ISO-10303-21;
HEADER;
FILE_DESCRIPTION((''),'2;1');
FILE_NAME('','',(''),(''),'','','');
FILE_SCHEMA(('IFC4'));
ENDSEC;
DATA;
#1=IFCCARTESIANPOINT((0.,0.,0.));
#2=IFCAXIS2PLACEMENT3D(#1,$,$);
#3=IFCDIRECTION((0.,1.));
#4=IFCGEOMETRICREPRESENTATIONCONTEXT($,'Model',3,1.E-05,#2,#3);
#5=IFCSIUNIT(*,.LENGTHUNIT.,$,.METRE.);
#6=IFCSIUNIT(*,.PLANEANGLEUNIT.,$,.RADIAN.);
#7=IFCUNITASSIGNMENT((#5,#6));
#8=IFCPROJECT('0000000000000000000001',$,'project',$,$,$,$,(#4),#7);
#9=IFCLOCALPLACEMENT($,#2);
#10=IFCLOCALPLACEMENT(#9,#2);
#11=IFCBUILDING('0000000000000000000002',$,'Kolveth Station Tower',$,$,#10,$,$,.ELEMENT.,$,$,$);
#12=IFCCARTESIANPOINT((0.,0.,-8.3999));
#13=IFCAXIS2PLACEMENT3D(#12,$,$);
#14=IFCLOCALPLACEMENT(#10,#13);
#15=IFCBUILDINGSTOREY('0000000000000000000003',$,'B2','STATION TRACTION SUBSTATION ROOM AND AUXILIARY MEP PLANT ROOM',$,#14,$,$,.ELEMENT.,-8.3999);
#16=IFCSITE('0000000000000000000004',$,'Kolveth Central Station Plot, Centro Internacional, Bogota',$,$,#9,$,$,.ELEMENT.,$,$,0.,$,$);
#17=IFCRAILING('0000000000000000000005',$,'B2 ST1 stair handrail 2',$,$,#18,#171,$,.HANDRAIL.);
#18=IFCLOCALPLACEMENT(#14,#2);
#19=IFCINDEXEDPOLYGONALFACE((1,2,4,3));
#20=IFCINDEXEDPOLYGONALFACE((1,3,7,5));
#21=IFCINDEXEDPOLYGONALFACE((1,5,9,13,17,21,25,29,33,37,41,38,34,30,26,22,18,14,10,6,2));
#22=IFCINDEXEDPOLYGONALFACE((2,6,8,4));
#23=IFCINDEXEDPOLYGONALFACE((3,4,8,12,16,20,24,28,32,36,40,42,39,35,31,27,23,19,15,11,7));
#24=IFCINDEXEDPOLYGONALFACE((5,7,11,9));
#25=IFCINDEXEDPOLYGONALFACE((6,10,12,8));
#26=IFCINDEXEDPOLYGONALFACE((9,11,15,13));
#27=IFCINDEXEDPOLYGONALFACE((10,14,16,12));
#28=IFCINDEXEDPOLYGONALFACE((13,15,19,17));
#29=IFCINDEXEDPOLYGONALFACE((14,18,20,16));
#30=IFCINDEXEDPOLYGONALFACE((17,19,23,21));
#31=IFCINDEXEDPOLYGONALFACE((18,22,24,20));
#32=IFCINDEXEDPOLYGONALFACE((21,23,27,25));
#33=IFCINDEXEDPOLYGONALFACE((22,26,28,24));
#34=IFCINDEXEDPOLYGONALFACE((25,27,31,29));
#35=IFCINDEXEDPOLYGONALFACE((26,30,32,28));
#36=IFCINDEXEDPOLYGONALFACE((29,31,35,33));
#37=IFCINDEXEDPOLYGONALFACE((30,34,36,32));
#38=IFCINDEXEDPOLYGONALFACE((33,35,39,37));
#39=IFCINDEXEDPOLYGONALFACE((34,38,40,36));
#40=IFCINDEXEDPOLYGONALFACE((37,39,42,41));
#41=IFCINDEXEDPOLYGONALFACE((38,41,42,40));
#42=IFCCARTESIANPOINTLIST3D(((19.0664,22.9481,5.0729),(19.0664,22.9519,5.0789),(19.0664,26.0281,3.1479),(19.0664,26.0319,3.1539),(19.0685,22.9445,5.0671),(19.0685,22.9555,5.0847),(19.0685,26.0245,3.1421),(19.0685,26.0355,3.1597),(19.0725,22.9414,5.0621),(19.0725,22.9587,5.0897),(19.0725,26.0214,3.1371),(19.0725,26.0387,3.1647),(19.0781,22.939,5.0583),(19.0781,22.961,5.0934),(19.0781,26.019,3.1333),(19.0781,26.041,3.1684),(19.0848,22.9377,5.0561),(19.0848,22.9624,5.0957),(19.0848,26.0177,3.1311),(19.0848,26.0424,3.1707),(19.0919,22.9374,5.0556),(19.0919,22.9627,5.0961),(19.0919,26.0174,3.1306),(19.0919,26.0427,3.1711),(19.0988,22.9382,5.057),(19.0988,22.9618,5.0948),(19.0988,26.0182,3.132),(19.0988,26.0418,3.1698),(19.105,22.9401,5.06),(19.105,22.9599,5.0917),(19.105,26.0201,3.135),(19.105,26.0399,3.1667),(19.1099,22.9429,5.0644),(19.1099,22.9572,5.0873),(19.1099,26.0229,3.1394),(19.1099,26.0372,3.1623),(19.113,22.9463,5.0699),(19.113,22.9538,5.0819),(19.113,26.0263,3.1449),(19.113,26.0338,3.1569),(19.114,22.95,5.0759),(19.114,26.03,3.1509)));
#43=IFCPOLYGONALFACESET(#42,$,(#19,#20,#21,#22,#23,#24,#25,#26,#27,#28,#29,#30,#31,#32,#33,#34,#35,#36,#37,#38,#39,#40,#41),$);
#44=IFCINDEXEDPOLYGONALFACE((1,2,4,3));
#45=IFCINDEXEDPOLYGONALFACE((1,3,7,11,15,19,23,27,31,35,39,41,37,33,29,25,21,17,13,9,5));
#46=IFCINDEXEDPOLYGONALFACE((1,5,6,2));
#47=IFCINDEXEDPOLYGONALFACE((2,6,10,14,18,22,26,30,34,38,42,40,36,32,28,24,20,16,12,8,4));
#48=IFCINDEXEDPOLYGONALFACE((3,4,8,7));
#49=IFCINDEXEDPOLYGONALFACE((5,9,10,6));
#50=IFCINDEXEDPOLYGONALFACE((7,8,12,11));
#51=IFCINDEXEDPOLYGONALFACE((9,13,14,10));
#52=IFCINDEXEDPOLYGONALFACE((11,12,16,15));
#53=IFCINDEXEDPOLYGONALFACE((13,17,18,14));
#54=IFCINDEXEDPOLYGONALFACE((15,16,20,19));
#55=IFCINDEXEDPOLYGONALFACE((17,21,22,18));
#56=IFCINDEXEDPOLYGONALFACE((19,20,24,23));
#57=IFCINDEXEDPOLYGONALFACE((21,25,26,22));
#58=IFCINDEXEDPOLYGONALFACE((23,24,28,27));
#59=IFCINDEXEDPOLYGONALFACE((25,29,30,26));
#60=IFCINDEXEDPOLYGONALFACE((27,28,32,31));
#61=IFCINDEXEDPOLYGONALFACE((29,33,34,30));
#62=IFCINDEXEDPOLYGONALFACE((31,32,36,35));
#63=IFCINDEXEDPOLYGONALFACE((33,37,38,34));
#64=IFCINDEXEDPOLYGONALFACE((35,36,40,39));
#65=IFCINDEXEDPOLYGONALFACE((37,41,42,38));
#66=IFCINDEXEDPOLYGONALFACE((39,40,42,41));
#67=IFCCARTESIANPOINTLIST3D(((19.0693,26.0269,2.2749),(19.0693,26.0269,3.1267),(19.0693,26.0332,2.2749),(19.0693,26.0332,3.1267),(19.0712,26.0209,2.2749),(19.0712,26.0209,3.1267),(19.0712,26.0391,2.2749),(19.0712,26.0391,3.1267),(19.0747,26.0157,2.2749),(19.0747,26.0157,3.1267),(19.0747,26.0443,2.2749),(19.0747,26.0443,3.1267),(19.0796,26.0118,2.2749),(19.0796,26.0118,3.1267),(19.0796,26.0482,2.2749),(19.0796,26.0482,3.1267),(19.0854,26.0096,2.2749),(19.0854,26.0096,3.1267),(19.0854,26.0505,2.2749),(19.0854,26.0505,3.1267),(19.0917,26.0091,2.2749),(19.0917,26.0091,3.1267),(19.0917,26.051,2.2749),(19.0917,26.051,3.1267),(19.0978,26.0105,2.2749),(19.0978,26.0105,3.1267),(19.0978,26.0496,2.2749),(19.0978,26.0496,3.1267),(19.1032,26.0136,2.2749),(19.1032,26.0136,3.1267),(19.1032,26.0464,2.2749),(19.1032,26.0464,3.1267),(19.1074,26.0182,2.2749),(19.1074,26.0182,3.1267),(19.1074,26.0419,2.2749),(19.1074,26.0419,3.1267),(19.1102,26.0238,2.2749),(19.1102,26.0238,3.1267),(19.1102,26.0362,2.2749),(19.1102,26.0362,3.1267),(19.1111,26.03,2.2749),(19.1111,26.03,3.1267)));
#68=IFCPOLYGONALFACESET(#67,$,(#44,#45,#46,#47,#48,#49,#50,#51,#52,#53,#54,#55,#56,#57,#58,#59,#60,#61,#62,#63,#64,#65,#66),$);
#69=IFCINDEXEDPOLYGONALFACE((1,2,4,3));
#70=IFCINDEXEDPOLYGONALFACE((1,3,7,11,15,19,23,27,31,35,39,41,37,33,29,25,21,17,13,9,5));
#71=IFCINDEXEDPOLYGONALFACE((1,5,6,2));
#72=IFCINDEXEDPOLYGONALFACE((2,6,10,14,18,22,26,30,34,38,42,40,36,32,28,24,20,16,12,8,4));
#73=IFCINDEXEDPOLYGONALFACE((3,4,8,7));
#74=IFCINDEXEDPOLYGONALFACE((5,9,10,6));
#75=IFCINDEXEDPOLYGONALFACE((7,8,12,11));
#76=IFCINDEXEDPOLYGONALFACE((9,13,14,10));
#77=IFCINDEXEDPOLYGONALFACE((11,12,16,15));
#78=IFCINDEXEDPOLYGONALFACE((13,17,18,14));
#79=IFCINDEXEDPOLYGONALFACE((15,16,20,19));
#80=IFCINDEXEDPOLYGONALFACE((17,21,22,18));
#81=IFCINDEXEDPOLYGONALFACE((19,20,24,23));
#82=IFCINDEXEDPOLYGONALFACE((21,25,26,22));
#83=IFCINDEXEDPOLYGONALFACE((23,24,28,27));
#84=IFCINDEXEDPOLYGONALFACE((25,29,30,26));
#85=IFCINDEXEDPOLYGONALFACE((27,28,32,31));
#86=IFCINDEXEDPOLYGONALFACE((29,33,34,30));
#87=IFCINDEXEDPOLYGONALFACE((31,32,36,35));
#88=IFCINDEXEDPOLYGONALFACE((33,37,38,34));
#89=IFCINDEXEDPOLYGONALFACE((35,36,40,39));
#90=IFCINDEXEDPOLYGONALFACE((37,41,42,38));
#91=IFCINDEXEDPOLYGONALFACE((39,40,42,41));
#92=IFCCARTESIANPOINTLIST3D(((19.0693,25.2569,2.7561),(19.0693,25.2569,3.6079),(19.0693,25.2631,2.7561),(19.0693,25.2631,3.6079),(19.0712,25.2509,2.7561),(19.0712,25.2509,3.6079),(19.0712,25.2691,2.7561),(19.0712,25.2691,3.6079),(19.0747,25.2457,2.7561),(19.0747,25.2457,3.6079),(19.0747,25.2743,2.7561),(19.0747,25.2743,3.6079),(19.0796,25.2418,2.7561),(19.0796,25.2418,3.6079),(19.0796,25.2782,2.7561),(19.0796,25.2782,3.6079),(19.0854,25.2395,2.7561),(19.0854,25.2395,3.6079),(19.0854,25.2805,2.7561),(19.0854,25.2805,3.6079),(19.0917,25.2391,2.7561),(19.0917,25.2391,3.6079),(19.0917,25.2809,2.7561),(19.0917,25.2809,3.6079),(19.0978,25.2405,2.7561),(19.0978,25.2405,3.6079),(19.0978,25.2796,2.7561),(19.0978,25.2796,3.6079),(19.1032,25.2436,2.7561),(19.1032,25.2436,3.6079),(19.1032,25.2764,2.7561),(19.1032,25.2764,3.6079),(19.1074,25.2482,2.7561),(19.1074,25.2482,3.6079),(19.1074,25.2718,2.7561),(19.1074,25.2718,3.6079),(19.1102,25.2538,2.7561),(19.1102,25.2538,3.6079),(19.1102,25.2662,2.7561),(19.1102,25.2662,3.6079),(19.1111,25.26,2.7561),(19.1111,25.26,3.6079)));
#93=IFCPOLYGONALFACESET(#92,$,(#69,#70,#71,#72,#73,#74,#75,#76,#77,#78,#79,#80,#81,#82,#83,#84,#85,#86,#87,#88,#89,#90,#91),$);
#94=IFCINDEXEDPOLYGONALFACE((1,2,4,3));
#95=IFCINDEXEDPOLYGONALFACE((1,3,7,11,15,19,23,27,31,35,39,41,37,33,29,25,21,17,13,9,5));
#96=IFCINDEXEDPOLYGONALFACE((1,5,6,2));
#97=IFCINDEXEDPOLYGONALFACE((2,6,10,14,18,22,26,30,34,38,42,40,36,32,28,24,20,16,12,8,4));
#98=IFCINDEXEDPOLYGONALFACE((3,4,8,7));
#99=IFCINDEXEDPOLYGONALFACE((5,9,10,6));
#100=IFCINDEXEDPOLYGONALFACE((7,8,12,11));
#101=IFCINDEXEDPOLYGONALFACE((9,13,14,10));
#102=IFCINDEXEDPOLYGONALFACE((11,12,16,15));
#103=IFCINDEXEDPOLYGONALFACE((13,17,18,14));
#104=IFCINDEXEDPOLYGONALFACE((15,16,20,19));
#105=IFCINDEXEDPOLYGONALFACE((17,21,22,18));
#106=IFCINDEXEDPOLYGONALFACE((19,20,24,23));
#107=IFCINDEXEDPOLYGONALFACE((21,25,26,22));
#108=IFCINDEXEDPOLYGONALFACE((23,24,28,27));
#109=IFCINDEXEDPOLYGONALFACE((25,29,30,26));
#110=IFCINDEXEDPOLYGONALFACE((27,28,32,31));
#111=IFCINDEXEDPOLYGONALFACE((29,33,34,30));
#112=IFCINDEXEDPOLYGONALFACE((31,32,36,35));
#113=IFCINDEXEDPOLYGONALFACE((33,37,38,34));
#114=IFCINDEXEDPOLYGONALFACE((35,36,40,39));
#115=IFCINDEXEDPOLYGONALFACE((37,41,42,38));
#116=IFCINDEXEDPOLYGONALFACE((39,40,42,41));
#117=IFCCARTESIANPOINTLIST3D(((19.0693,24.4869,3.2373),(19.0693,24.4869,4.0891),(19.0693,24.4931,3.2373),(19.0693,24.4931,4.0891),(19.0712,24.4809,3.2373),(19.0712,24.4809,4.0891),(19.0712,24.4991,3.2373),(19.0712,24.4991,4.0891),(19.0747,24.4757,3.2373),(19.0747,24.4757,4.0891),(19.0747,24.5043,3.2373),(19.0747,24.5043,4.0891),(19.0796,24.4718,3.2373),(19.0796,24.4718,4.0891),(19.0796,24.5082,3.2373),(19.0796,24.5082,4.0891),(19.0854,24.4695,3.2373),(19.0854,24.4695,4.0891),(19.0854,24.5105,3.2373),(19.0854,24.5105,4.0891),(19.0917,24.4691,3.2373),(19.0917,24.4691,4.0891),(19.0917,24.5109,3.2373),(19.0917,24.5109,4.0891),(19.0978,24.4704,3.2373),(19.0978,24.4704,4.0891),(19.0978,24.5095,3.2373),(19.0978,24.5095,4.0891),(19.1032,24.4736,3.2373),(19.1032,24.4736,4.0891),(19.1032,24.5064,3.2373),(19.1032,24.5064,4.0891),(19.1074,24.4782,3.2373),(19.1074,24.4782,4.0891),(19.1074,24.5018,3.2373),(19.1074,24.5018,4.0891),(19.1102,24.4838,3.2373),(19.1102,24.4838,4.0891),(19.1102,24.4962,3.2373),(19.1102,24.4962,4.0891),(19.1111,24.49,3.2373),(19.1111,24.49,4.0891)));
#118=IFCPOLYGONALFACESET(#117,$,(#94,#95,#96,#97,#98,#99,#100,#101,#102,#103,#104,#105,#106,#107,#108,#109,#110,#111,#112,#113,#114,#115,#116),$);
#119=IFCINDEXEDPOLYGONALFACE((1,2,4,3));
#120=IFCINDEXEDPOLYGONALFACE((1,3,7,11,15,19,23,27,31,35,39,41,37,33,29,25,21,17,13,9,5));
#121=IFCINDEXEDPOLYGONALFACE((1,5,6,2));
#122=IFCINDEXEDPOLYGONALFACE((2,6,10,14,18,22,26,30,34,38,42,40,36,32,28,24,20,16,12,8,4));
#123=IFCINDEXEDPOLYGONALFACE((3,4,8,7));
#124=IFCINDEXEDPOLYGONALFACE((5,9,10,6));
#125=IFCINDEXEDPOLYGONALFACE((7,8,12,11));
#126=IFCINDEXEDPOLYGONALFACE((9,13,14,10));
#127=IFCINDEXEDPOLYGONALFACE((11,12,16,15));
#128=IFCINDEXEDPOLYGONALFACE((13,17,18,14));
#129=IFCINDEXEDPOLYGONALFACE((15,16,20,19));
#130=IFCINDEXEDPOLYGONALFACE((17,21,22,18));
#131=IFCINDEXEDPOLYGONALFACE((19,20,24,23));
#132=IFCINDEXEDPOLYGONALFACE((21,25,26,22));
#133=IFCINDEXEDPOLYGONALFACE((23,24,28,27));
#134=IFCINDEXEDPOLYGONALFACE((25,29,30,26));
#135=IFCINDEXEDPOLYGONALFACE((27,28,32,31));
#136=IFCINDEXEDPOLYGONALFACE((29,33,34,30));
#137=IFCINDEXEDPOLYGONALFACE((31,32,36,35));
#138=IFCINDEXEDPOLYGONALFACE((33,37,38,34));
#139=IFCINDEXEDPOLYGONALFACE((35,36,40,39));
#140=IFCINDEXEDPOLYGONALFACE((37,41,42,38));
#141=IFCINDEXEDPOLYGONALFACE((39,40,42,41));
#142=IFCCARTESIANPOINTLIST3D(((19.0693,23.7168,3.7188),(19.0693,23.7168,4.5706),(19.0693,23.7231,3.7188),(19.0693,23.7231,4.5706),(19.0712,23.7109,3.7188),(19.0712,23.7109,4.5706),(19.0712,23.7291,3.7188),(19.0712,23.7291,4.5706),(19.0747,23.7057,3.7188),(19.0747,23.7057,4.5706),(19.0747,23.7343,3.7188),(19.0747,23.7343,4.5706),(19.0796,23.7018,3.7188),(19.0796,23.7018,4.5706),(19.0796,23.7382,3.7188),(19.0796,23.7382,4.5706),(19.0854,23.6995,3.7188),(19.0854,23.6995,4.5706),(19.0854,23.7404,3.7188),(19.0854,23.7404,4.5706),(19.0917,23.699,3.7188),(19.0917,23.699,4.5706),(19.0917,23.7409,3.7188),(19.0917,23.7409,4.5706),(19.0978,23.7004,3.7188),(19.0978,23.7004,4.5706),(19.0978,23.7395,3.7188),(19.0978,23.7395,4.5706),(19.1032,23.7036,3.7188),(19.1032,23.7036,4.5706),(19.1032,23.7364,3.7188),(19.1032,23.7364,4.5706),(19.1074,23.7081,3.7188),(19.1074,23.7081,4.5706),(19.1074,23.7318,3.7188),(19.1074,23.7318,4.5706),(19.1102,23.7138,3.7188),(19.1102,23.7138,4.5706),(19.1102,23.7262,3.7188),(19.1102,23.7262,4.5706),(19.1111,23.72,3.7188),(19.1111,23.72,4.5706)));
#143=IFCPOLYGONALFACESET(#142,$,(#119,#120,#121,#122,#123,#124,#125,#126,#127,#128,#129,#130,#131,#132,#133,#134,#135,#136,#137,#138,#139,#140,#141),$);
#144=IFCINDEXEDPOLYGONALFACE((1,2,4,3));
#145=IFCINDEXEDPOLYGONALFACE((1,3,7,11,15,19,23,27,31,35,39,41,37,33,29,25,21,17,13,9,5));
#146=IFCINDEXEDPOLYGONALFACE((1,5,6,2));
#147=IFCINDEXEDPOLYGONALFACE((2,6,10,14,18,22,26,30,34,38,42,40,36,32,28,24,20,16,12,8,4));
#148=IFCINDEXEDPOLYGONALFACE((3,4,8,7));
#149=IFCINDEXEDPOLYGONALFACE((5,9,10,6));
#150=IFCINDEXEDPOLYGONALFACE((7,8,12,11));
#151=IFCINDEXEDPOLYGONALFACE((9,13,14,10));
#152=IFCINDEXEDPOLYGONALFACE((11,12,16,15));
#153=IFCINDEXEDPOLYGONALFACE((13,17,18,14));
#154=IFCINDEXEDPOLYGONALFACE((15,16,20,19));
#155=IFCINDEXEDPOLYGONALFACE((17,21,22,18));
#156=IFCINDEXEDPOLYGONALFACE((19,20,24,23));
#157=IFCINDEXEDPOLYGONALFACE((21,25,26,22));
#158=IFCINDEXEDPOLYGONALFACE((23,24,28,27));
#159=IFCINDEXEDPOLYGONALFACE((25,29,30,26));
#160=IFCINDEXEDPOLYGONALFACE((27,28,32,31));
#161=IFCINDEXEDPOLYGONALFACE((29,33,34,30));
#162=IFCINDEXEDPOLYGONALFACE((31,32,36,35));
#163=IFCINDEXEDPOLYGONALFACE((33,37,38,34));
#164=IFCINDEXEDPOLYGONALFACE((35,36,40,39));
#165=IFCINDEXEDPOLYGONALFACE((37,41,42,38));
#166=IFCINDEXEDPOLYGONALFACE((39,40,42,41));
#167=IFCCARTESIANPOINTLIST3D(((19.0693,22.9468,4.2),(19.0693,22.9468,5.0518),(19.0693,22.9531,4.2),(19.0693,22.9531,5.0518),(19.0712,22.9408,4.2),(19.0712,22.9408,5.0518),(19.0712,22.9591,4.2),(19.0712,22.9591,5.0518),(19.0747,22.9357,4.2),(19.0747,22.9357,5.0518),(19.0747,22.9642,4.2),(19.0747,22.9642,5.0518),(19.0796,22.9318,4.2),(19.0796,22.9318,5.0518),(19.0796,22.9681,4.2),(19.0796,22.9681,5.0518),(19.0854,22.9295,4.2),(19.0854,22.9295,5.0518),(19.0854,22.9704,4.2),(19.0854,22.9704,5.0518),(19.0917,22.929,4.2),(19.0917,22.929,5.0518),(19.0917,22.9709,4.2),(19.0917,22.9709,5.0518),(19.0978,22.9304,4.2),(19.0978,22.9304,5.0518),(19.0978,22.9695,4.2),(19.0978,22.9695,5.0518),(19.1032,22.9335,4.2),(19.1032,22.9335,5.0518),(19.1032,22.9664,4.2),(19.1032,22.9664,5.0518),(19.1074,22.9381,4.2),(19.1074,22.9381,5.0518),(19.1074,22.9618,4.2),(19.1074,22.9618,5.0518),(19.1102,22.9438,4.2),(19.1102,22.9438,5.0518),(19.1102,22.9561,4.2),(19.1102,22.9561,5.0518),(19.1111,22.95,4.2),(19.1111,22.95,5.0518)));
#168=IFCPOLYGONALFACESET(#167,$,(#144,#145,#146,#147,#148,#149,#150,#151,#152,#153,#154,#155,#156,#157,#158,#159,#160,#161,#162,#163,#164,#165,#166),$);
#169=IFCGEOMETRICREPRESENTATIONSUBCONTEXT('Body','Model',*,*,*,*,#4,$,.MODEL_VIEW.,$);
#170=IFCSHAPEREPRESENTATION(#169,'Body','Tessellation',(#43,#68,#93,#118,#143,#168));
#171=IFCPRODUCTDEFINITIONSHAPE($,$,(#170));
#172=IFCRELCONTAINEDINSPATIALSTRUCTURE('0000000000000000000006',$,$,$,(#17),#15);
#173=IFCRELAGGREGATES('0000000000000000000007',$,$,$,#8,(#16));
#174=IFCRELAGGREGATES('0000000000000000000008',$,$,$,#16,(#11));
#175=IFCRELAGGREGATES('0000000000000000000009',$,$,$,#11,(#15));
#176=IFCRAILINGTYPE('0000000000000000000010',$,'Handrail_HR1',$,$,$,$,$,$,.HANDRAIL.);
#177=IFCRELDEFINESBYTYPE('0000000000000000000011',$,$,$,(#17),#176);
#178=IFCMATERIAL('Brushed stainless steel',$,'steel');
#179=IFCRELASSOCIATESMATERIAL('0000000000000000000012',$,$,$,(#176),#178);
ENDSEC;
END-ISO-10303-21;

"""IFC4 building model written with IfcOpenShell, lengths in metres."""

from ifc_helpers import new_model, si_unit, direction, frame, origin, origin_2d, place, context, subcontext, project, spatial, circle, extrude, material, type_object, element, save


model = new_model("IFC4")

# Units and contexts
model_context = context("Model", 3, precision=1e-05, world=origin(), true_north=direction((0.0, 1.0)))
body_context = subcontext(model_context, "Body", "Model", "MODEL_VIEW")
ifc_project = project(units=[si_unit("LENGTHUNIT", "METRE"), si_unit("PLANEANGLEUNIT", "RADIAN")], contexts=[model_context])

# Site, building, storey
site_placement = place(None, origin())
site = spatial("IfcSite", under=ifc_project, at=site_placement, Name="Kolveth Central Station Plot, Centro Internacional, Bogota", CompositionType="ELEMENT", RefElevation=0.0)
building_placement = place(site_placement, origin())
building = spatial("IfcBuilding", under=site, at=building_placement, Name="Kolveth Station Tower", CompositionType="ELEMENT")
storey_placement = place(building_placement, frame((0.0, 0.0, -8.3999)))
storey = spatial("IfcBuildingStorey", under=building, at=storey_placement, Name="B2", Description="STATION TRACTION SUBSTATION ROOM AND AUXILIARY MEP PLANT ROOM", CompositionType="ELEMENT", Elevation=-8.3999)

# Railing
ifc_material_1 = material(Name="Brushed stainless steel", Category="steel")
railing_type_1 = type_object("IfcRailingType", Name="Handrail_HR1", PredefinedType="HANDRAIL", material=ifc_material_1)
for number, where, name in (
    (1, (19.0901, 26.03, 2.2749), "B2 ST1 stair handrail 2"),
):
    element("IfcRailing", number, at=place(storey_placement, frame(where)), inside=storey, type_object=railing_type_1, Name=name, PredefinedType="HANDRAIL", context=body_context, shape_type="SweptSolid", body=[
        extrude(circle(Radius=0.0239, at=origin_2d()), frame((0.0, 0.0, 0.876), z_axis=(0.0, -0.847998, 0.529999), x_axis=(1.0, 0.0, 0.0)), (0.0, 0.0, 1.0), 3.6321),
        extrude(circle(Radius=0.021, at=origin_2d()), origin(), (0.0, 0.0, 1.0), 0.8518),
        extrude(circle(Radius=0.021, at=origin_2d()), frame((0.0, -0.77, 0.4812)), (0.0, 0.0, 1.0), 0.8518),
        extrude(circle(Radius=0.021, at=origin_2d()), frame((0.0, -1.54, 0.9624)), (0.0, 0.0, 1.0), 0.8518),
        extrude(circle(Radius=0.021, at=origin_2d()), frame((0.0, -2.3101, 1.4438)), (0.0, 0.0, 1.0), 0.8518),
        extrude(circle(Radius=0.021, at=origin_2d()), frame((0.0, -3.0801, 1.925)), (0.0, 0.0, 1.0), 0.8518),
    ])

save(model, "model.ifc")
